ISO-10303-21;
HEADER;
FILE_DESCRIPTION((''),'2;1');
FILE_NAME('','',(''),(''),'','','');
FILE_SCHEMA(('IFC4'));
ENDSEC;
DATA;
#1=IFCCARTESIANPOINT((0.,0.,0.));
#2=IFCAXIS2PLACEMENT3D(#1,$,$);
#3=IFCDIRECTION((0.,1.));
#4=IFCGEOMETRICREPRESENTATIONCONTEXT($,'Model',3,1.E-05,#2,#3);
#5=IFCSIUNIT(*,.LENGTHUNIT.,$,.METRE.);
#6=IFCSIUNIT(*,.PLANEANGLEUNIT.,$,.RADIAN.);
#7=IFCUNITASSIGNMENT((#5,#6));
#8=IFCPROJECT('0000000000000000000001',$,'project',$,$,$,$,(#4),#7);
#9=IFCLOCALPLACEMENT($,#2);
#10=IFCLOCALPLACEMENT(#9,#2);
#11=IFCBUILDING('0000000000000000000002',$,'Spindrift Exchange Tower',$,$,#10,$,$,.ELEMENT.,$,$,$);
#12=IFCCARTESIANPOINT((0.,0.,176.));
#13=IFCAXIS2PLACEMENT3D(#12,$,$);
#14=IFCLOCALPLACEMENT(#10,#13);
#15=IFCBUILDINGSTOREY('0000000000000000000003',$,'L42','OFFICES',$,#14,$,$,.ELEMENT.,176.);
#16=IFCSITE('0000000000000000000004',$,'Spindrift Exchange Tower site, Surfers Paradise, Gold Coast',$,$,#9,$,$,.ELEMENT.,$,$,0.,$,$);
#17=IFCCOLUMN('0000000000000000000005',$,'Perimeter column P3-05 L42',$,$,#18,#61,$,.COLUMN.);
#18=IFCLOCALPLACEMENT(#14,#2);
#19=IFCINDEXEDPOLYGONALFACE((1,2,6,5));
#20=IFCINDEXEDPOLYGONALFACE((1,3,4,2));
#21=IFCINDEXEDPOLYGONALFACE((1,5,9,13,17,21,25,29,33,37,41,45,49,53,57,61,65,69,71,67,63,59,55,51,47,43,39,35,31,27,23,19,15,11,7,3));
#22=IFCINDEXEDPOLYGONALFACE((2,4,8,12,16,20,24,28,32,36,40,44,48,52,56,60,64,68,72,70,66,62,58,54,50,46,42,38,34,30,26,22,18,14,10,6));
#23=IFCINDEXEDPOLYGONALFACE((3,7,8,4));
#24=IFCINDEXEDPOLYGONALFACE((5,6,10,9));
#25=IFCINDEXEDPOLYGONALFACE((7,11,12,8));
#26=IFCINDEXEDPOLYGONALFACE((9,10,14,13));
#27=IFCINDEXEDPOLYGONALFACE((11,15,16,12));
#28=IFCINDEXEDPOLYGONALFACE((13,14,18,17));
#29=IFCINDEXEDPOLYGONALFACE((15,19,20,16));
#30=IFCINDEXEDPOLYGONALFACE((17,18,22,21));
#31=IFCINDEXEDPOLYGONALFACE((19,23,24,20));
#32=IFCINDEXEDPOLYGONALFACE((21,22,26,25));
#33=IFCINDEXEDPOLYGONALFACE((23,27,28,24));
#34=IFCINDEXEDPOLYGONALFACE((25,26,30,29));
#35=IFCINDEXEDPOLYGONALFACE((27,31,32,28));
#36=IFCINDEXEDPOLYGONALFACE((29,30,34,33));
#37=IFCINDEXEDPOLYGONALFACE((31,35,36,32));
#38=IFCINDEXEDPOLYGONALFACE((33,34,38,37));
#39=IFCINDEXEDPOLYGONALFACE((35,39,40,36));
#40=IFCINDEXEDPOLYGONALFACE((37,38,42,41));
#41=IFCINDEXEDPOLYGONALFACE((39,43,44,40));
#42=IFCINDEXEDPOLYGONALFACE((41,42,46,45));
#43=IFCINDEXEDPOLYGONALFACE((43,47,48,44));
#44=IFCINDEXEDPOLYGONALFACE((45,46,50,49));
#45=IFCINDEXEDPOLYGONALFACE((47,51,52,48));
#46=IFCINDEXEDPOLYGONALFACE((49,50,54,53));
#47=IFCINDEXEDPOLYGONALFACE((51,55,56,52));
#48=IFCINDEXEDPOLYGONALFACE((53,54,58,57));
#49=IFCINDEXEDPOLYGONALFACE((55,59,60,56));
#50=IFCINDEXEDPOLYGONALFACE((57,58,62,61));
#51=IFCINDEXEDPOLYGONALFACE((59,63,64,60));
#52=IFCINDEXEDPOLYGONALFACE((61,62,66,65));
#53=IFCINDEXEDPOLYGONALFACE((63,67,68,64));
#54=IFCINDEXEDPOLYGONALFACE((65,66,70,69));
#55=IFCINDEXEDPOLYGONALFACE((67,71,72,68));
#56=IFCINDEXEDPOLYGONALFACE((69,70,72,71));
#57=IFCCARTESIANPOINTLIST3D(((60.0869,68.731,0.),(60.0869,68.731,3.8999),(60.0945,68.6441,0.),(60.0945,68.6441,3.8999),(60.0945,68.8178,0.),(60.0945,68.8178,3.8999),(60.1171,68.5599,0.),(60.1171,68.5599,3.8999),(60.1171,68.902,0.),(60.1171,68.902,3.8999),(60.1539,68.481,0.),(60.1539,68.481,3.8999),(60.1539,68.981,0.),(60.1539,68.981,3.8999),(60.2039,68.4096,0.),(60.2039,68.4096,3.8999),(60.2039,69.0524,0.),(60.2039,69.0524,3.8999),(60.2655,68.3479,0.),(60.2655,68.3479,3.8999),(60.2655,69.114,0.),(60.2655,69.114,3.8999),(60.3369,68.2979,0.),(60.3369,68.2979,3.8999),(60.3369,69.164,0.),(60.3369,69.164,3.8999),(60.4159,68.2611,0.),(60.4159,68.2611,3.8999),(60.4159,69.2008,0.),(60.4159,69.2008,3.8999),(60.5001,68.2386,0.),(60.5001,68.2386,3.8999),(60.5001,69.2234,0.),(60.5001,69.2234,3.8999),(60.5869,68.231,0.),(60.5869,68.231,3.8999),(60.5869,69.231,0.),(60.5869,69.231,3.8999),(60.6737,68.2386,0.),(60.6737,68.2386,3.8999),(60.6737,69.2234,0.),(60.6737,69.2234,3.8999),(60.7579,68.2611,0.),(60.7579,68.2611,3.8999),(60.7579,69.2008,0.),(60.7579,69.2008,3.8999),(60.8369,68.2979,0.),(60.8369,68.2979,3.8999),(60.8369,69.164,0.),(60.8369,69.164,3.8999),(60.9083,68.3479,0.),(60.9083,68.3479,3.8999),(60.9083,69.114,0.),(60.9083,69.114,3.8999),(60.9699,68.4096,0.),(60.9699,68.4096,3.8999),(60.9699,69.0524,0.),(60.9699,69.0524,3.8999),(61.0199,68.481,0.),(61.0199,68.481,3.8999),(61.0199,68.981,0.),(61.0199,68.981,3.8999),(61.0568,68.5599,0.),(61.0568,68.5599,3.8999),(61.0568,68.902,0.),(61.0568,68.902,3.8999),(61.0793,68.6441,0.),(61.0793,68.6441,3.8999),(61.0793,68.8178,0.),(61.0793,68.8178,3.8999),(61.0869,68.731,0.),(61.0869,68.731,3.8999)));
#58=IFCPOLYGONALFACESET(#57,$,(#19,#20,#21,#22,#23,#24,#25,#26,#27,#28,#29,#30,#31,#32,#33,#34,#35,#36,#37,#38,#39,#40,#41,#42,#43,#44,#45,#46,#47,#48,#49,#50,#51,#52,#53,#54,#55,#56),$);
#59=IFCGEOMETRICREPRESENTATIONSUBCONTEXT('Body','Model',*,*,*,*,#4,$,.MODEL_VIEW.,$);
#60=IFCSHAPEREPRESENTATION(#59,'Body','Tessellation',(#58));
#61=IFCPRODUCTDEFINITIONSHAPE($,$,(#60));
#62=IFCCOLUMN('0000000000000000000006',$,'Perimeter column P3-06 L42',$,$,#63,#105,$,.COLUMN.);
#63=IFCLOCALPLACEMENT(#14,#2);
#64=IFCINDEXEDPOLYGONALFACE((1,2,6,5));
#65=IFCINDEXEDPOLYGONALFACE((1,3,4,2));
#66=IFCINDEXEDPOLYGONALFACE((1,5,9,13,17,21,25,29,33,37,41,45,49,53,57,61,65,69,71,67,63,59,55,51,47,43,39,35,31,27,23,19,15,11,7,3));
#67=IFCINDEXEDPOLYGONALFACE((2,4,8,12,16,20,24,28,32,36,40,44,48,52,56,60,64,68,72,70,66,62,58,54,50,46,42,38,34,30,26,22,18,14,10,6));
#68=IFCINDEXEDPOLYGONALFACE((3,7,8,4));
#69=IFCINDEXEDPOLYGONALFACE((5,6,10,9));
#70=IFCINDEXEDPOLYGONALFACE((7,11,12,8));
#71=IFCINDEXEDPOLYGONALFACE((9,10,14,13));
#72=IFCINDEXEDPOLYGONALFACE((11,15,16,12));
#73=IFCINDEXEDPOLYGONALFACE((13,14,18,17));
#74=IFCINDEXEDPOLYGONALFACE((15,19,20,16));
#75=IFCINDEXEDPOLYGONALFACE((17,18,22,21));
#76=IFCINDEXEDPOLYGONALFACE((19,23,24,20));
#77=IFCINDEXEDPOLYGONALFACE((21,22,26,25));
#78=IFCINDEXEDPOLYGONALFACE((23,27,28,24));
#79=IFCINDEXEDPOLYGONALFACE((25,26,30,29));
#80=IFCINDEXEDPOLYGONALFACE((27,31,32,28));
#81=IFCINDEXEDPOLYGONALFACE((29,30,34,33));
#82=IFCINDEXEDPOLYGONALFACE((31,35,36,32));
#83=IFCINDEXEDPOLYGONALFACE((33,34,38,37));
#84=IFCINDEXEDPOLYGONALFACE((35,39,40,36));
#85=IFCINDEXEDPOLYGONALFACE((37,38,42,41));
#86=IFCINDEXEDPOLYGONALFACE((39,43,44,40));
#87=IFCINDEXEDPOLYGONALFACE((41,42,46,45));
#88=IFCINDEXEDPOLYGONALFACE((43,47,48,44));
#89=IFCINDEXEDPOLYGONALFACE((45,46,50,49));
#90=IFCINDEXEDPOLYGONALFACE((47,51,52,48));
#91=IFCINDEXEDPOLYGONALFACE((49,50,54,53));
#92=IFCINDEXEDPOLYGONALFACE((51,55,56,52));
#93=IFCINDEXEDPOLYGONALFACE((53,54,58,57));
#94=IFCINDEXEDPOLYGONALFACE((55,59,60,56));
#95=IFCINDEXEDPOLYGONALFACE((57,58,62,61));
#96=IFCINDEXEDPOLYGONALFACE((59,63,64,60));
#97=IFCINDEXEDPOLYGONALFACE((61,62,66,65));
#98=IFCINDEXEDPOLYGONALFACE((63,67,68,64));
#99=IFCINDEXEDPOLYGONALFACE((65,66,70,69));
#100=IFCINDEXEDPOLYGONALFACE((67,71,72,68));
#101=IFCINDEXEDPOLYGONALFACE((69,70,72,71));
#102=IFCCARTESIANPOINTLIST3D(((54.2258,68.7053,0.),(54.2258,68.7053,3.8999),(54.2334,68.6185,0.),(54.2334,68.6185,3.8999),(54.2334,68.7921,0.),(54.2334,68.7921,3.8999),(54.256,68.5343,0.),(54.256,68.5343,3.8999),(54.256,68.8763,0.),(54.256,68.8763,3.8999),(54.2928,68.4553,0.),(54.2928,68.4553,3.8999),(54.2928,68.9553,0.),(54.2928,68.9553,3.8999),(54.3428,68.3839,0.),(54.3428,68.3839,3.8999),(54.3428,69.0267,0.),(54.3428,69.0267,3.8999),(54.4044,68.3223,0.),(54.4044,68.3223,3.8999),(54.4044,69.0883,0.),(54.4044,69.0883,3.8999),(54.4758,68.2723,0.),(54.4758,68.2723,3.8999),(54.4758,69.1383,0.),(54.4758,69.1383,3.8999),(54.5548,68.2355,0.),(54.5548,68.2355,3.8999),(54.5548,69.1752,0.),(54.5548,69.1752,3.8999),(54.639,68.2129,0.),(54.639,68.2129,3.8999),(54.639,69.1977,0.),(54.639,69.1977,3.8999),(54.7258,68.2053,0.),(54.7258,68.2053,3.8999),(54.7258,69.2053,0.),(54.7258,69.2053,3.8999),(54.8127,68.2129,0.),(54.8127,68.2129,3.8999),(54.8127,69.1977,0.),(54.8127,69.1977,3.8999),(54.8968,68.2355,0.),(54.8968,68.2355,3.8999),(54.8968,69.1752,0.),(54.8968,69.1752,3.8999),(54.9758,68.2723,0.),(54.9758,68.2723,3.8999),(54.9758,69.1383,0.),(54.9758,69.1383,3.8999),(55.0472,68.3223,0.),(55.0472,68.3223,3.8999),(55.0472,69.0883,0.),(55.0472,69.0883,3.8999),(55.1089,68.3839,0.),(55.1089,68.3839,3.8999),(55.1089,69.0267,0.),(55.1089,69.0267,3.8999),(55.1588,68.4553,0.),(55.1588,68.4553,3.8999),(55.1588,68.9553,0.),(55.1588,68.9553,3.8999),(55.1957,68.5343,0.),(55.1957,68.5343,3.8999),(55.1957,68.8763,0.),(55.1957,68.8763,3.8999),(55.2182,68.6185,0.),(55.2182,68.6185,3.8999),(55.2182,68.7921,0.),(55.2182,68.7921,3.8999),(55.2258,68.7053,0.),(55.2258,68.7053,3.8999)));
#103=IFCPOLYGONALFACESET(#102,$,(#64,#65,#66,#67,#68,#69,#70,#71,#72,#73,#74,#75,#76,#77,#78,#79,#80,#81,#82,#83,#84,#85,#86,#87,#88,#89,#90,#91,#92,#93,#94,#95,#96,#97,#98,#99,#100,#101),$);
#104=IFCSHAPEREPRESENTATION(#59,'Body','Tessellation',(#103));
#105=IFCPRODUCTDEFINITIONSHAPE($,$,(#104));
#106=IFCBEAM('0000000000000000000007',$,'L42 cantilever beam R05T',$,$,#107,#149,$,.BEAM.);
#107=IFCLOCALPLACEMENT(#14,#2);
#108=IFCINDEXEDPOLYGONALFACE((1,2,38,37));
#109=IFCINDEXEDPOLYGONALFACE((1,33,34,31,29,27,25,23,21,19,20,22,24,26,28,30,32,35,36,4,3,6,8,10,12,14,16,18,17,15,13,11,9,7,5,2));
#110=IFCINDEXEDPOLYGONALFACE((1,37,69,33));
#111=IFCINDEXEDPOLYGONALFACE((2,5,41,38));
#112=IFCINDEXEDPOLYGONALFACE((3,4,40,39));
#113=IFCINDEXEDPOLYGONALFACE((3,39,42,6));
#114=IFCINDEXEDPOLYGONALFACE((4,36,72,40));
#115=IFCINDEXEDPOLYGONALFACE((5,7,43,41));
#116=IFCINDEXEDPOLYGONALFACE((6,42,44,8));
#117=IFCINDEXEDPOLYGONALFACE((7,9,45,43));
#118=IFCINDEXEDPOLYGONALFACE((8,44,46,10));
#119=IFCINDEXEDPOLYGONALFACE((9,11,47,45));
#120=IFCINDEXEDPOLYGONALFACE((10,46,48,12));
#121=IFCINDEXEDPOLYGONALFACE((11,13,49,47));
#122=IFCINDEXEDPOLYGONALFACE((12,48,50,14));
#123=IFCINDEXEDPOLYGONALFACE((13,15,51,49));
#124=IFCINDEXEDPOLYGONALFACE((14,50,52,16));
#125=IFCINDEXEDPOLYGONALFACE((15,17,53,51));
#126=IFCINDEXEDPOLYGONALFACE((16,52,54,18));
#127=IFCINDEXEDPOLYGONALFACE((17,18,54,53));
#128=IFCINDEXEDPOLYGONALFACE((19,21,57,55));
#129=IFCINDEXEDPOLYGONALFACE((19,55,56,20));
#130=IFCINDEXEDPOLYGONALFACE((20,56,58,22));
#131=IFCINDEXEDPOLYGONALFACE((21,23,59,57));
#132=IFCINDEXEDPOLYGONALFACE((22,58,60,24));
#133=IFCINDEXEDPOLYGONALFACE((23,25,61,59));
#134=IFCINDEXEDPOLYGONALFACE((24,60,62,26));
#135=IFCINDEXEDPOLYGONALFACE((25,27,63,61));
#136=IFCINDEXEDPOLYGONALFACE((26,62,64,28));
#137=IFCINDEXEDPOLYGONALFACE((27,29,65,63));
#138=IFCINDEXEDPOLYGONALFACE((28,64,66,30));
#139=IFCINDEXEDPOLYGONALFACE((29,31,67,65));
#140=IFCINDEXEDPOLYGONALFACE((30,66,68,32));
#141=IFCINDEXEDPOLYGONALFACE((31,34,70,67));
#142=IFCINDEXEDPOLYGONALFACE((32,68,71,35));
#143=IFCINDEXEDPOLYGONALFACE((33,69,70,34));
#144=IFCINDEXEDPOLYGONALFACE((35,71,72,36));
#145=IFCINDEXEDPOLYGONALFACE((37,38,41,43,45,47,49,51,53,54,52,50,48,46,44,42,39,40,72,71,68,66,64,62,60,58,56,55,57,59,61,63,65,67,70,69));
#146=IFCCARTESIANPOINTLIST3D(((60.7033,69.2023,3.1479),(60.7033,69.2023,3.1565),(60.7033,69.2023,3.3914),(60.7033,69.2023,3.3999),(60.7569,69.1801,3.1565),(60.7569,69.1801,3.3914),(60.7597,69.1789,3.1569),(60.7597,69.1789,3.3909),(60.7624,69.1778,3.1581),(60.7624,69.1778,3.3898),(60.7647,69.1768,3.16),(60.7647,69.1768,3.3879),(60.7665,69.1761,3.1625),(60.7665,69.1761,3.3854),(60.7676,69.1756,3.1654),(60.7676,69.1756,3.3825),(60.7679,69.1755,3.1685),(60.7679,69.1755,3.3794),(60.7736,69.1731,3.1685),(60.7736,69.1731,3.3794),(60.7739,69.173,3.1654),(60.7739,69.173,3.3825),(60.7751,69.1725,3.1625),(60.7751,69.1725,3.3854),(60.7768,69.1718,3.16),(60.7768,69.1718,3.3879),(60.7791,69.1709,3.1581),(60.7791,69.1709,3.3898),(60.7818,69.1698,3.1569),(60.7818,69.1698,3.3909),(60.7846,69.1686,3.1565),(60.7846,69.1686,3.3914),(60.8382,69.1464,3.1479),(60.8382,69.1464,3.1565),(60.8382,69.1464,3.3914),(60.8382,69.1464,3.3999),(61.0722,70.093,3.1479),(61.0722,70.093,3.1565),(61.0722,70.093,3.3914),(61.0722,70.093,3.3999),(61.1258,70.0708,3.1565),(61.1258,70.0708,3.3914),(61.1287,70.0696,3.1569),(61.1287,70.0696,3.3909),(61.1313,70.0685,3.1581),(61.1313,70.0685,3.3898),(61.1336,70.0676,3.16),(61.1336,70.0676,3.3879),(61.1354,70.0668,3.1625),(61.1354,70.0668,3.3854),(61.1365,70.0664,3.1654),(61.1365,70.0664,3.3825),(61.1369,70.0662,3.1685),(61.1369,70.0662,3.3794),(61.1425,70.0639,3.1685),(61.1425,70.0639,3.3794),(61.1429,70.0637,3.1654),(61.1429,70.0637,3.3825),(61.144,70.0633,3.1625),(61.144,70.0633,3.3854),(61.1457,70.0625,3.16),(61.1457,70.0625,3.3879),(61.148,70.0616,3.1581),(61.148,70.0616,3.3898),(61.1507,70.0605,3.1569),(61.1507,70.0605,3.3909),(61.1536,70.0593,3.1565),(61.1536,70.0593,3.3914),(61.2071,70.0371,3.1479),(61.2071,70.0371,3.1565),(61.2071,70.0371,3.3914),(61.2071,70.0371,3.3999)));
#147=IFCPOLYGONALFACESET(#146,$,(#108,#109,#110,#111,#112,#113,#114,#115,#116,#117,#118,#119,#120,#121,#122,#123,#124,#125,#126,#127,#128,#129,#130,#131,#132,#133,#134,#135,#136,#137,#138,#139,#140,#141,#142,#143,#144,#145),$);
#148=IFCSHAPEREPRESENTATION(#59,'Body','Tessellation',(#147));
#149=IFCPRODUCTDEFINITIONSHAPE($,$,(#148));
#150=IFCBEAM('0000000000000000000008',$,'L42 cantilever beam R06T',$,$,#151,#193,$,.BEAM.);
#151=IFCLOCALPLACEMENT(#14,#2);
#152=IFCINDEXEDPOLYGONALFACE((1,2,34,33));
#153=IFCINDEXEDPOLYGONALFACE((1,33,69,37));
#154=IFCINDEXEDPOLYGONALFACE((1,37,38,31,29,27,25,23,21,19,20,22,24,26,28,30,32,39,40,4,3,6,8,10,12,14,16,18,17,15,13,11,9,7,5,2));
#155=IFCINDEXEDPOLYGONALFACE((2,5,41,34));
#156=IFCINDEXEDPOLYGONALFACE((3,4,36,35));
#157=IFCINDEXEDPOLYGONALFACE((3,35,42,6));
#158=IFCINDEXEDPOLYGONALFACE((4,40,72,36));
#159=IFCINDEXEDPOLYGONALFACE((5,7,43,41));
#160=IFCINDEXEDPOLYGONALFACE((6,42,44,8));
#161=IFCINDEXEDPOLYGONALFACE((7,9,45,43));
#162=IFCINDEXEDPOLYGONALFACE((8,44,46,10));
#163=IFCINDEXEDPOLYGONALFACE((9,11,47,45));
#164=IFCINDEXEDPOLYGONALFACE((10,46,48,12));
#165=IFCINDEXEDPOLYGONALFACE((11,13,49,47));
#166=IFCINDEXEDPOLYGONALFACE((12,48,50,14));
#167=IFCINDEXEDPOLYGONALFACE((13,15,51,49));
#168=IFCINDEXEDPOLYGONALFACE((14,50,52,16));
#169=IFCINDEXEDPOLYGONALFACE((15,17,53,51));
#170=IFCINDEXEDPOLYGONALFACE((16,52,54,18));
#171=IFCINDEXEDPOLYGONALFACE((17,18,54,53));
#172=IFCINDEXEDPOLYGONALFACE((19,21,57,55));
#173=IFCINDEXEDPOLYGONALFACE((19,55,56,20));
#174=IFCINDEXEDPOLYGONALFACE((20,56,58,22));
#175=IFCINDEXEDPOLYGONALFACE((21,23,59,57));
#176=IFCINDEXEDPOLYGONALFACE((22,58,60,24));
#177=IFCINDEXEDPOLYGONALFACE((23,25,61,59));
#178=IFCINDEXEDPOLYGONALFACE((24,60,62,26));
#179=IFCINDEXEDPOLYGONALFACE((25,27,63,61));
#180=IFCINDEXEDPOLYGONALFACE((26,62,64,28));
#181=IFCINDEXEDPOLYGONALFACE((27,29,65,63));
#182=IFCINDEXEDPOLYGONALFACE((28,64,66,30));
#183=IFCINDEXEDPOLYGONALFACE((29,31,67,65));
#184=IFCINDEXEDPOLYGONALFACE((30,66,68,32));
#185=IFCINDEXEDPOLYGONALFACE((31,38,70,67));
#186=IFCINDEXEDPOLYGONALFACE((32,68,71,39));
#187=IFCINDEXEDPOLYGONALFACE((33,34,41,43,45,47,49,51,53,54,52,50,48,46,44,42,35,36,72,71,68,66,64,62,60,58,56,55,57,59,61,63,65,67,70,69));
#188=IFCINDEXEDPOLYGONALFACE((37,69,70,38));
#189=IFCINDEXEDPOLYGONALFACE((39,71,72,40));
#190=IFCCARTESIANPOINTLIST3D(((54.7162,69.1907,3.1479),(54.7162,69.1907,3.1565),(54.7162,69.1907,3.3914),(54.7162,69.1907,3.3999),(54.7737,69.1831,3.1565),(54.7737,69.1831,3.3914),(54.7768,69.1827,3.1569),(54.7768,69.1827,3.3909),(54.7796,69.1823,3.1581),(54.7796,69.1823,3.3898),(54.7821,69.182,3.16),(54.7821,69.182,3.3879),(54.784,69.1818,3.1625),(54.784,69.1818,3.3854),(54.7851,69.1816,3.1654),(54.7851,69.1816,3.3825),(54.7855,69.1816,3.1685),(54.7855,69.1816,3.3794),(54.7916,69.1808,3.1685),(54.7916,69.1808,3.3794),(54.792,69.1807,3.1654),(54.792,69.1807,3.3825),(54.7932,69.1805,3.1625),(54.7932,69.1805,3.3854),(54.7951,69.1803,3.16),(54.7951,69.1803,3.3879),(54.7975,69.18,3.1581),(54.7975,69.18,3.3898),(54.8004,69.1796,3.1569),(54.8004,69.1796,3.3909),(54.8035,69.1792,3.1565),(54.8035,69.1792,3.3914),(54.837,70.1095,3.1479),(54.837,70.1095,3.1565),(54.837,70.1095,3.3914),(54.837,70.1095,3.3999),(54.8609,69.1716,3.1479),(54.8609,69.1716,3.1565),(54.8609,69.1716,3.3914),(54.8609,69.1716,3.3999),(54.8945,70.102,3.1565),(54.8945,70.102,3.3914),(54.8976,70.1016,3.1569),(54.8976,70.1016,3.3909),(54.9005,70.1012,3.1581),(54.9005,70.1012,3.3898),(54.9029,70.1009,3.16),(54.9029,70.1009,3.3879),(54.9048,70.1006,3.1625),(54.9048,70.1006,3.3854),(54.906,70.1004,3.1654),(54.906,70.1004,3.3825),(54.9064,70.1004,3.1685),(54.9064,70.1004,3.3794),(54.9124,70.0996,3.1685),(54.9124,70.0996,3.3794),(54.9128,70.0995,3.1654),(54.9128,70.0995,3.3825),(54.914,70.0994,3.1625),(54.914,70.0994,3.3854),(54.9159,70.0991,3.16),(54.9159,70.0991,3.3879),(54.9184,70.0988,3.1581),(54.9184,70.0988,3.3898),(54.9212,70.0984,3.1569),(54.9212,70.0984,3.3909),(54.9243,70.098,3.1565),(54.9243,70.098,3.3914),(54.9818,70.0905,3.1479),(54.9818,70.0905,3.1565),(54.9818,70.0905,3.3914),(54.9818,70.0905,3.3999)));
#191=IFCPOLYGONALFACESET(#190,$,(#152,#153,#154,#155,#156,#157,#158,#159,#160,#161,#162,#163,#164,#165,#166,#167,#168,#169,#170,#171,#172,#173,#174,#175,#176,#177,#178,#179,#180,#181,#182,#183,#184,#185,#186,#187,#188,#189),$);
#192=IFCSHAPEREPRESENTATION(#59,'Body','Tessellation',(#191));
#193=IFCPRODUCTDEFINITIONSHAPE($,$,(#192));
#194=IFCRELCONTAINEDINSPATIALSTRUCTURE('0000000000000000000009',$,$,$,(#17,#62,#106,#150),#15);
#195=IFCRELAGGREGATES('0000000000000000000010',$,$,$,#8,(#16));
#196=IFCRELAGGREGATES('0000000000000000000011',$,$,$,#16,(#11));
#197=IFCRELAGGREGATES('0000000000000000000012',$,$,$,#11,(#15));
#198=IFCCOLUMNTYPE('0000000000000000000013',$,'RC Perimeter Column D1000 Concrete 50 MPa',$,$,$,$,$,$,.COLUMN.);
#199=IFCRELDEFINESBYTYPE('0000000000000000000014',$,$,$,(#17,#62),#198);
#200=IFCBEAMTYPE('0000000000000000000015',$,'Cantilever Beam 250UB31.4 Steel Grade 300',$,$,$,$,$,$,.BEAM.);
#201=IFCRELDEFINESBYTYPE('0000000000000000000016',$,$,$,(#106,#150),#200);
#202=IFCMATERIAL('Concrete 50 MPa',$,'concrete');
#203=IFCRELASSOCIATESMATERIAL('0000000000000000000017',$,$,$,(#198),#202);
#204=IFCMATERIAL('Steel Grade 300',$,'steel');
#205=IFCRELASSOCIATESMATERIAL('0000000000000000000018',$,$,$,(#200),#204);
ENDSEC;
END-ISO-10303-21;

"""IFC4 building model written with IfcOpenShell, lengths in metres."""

from ifc_helpers import new_model, si_unit, direction, frame, origin, origin_2d, place, context, subcontext, project, spatial, circle, i_section, extrude, source, transform, mapped, material, material_profile, profile_set, type_object, element, save


model = new_model("IFC4")

# Units and contexts
model_context = context("Model", 3, precision=1e-05, world=origin(), true_north=direction((0.0, 1.0)))
body_context = subcontext(model_context, "Body", "Model", "MODEL_VIEW")
ifc_project = project(units=[si_unit("LENGTHUNIT", "METRE"), si_unit("PLANEANGLEUNIT", "RADIAN")], contexts=[model_context])

# Site, building, storey
site_placement = place(None, origin())
site = spatial("IfcSite", under=ifc_project, at=site_placement, Name="Spindrift Exchange Tower site, Surfers Paradise, Gold Coast", CompositionType="ELEMENT", RefElevation=0.0)
building_placement = place(site_placement, origin())
building = spatial("IfcBuilding", under=site, at=building_placement, Name="Spindrift Exchange Tower", CompositionType="ELEMENT")
storey_placement = place(building_placement, frame((0.0, 0.0, 176.0)))
storey = spatial("IfcBuildingStorey", under=building, at=storey_placement, Name="L42", Description="OFFICES", CompositionType="ELEMENT", Elevation=176.0)

# Columns
ifc_material_1 = material(Name="Concrete 50 MPa", Category="concrete")
ifc_material_profile_1 = material_profile(ifc_material_1, circle(Radius=0.5, at=origin_2d()), Name="RC D1000")
ifc_profile_set_1 = profile_set([ifc_material_profile_1], Name="Concrete 50 MPa")
column_type = type_object("IfcColumnType", Name="RC Perimeter Column D1000 Concrete 50 MPa", PredefinedType="COLUMN", material=ifc_profile_set_1)
shared_shape_1 = source(origin(), body_context, "Body", "SweptSolid", [
    extrude(circle(Radius=0.5, at=origin_2d()), origin(), (0.0, 0.0, 1.0), 3.8999),
])
for number, where, z_axis, x_axis, name in (
    (1, (60.5869, 68.731, 0.0), (0.0, 0.0, 1.0), (1.0, 0.0, 0.0), "Perimeter column P3-05 L42"),
    (2, (54.7258, 68.7053, 0.0), (0.0, 0.0, 1.0), (1.0, 0.0, 0.0), "Perimeter column P3-06 L42"),
):
    element("IfcColumn", number, at=place(storey_placement, frame(where, z_axis=z_axis, x_axis=x_axis)), inside=storey, type_object=column_type, Name=name, PredefinedType="COLUMN", context=body_context, shape_type="MappedRepresentation", body=[
        mapped(shared_shape_1, transform((0.0, 0.0, 0.0), scale=1.0)),
    ])

# Beams
ifc_material_2 = material(Name="Steel Grade 300", Category="steel")
ifc_material_profile_2 = material_profile(ifc_material_2, i_section(OverallWidth=0.146, OverallDepth=0.252, WebThickness=0.0061, FlangeThickness=0.0085, FilletRadius=0.012, at=origin_2d()), Name="250UB31.4")
ifc_profile_set_2 = profile_set([ifc_material_profile_2], Name="Steel Grade 300")
beam_type_1 = type_object("IfcBeamType", Name="Cantilever Beam 250UB31.4 Steel Grade 300", PredefinedType="BEAM", material=ifc_profile_set_2)
shared_shape_2 = source(origin(), body_context, "Body", "SweptSolid", [
    extrude(i_section(OverallWidth=0.146, OverallDepth=0.252, WebThickness=0.0061, FlangeThickness=0.0085, FilletRadius=0.012, at=origin_2d()), origin(), (0.0, 0.0, 1.0), 0.9641),
])
beam_1_placement = place(storey_placement, frame((60.7708, 69.1743, 3.2739), z_axis=(0.382672, 0.923884, 0.0), x_axis=(-0.923884, 0.382672, 0.0)))
element("IfcBeam", 3, at=beam_1_placement, inside=storey, type_object=beam_type_1, Name="L42 cantilever beam R05T", PredefinedType="BEAM", context=body_context, shape_type="MappedRepresentation", body=[
    mapped(shared_shape_2, transform((0.0, 0.0, 0.0), scale=1.0)),
])
shared_shape_3 = source(origin(), body_context, "Body", "SweptSolid", [
    extrude(i_section(OverallWidth=0.146, OverallDepth=0.252, WebThickness=0.0061, FlangeThickness=0.0085, FilletRadius=0.012, at=origin_2d()), origin(), (0.0, 0.0, 1.0), 0.9268),
])
beam_2_placement = place(storey_placement, frame((54.7886, 69.1812, 3.2739), z_axis=(0.130386, 0.991463, 0.0), x_axis=(-0.991463, 0.130386, 0.0)))
element("IfcBeam", 4, at=beam_2_placement, inside=storey, type_object=beam_type_1, Name="L42 cantilever beam R06T", PredefinedType="BEAM", context=body_context, shape_type="MappedRepresentation", body=[
    mapped(shared_shape_3, transform((0.0, 0.0, 0.0), scale=1.0)),
])

save(model, "model.ifc")
